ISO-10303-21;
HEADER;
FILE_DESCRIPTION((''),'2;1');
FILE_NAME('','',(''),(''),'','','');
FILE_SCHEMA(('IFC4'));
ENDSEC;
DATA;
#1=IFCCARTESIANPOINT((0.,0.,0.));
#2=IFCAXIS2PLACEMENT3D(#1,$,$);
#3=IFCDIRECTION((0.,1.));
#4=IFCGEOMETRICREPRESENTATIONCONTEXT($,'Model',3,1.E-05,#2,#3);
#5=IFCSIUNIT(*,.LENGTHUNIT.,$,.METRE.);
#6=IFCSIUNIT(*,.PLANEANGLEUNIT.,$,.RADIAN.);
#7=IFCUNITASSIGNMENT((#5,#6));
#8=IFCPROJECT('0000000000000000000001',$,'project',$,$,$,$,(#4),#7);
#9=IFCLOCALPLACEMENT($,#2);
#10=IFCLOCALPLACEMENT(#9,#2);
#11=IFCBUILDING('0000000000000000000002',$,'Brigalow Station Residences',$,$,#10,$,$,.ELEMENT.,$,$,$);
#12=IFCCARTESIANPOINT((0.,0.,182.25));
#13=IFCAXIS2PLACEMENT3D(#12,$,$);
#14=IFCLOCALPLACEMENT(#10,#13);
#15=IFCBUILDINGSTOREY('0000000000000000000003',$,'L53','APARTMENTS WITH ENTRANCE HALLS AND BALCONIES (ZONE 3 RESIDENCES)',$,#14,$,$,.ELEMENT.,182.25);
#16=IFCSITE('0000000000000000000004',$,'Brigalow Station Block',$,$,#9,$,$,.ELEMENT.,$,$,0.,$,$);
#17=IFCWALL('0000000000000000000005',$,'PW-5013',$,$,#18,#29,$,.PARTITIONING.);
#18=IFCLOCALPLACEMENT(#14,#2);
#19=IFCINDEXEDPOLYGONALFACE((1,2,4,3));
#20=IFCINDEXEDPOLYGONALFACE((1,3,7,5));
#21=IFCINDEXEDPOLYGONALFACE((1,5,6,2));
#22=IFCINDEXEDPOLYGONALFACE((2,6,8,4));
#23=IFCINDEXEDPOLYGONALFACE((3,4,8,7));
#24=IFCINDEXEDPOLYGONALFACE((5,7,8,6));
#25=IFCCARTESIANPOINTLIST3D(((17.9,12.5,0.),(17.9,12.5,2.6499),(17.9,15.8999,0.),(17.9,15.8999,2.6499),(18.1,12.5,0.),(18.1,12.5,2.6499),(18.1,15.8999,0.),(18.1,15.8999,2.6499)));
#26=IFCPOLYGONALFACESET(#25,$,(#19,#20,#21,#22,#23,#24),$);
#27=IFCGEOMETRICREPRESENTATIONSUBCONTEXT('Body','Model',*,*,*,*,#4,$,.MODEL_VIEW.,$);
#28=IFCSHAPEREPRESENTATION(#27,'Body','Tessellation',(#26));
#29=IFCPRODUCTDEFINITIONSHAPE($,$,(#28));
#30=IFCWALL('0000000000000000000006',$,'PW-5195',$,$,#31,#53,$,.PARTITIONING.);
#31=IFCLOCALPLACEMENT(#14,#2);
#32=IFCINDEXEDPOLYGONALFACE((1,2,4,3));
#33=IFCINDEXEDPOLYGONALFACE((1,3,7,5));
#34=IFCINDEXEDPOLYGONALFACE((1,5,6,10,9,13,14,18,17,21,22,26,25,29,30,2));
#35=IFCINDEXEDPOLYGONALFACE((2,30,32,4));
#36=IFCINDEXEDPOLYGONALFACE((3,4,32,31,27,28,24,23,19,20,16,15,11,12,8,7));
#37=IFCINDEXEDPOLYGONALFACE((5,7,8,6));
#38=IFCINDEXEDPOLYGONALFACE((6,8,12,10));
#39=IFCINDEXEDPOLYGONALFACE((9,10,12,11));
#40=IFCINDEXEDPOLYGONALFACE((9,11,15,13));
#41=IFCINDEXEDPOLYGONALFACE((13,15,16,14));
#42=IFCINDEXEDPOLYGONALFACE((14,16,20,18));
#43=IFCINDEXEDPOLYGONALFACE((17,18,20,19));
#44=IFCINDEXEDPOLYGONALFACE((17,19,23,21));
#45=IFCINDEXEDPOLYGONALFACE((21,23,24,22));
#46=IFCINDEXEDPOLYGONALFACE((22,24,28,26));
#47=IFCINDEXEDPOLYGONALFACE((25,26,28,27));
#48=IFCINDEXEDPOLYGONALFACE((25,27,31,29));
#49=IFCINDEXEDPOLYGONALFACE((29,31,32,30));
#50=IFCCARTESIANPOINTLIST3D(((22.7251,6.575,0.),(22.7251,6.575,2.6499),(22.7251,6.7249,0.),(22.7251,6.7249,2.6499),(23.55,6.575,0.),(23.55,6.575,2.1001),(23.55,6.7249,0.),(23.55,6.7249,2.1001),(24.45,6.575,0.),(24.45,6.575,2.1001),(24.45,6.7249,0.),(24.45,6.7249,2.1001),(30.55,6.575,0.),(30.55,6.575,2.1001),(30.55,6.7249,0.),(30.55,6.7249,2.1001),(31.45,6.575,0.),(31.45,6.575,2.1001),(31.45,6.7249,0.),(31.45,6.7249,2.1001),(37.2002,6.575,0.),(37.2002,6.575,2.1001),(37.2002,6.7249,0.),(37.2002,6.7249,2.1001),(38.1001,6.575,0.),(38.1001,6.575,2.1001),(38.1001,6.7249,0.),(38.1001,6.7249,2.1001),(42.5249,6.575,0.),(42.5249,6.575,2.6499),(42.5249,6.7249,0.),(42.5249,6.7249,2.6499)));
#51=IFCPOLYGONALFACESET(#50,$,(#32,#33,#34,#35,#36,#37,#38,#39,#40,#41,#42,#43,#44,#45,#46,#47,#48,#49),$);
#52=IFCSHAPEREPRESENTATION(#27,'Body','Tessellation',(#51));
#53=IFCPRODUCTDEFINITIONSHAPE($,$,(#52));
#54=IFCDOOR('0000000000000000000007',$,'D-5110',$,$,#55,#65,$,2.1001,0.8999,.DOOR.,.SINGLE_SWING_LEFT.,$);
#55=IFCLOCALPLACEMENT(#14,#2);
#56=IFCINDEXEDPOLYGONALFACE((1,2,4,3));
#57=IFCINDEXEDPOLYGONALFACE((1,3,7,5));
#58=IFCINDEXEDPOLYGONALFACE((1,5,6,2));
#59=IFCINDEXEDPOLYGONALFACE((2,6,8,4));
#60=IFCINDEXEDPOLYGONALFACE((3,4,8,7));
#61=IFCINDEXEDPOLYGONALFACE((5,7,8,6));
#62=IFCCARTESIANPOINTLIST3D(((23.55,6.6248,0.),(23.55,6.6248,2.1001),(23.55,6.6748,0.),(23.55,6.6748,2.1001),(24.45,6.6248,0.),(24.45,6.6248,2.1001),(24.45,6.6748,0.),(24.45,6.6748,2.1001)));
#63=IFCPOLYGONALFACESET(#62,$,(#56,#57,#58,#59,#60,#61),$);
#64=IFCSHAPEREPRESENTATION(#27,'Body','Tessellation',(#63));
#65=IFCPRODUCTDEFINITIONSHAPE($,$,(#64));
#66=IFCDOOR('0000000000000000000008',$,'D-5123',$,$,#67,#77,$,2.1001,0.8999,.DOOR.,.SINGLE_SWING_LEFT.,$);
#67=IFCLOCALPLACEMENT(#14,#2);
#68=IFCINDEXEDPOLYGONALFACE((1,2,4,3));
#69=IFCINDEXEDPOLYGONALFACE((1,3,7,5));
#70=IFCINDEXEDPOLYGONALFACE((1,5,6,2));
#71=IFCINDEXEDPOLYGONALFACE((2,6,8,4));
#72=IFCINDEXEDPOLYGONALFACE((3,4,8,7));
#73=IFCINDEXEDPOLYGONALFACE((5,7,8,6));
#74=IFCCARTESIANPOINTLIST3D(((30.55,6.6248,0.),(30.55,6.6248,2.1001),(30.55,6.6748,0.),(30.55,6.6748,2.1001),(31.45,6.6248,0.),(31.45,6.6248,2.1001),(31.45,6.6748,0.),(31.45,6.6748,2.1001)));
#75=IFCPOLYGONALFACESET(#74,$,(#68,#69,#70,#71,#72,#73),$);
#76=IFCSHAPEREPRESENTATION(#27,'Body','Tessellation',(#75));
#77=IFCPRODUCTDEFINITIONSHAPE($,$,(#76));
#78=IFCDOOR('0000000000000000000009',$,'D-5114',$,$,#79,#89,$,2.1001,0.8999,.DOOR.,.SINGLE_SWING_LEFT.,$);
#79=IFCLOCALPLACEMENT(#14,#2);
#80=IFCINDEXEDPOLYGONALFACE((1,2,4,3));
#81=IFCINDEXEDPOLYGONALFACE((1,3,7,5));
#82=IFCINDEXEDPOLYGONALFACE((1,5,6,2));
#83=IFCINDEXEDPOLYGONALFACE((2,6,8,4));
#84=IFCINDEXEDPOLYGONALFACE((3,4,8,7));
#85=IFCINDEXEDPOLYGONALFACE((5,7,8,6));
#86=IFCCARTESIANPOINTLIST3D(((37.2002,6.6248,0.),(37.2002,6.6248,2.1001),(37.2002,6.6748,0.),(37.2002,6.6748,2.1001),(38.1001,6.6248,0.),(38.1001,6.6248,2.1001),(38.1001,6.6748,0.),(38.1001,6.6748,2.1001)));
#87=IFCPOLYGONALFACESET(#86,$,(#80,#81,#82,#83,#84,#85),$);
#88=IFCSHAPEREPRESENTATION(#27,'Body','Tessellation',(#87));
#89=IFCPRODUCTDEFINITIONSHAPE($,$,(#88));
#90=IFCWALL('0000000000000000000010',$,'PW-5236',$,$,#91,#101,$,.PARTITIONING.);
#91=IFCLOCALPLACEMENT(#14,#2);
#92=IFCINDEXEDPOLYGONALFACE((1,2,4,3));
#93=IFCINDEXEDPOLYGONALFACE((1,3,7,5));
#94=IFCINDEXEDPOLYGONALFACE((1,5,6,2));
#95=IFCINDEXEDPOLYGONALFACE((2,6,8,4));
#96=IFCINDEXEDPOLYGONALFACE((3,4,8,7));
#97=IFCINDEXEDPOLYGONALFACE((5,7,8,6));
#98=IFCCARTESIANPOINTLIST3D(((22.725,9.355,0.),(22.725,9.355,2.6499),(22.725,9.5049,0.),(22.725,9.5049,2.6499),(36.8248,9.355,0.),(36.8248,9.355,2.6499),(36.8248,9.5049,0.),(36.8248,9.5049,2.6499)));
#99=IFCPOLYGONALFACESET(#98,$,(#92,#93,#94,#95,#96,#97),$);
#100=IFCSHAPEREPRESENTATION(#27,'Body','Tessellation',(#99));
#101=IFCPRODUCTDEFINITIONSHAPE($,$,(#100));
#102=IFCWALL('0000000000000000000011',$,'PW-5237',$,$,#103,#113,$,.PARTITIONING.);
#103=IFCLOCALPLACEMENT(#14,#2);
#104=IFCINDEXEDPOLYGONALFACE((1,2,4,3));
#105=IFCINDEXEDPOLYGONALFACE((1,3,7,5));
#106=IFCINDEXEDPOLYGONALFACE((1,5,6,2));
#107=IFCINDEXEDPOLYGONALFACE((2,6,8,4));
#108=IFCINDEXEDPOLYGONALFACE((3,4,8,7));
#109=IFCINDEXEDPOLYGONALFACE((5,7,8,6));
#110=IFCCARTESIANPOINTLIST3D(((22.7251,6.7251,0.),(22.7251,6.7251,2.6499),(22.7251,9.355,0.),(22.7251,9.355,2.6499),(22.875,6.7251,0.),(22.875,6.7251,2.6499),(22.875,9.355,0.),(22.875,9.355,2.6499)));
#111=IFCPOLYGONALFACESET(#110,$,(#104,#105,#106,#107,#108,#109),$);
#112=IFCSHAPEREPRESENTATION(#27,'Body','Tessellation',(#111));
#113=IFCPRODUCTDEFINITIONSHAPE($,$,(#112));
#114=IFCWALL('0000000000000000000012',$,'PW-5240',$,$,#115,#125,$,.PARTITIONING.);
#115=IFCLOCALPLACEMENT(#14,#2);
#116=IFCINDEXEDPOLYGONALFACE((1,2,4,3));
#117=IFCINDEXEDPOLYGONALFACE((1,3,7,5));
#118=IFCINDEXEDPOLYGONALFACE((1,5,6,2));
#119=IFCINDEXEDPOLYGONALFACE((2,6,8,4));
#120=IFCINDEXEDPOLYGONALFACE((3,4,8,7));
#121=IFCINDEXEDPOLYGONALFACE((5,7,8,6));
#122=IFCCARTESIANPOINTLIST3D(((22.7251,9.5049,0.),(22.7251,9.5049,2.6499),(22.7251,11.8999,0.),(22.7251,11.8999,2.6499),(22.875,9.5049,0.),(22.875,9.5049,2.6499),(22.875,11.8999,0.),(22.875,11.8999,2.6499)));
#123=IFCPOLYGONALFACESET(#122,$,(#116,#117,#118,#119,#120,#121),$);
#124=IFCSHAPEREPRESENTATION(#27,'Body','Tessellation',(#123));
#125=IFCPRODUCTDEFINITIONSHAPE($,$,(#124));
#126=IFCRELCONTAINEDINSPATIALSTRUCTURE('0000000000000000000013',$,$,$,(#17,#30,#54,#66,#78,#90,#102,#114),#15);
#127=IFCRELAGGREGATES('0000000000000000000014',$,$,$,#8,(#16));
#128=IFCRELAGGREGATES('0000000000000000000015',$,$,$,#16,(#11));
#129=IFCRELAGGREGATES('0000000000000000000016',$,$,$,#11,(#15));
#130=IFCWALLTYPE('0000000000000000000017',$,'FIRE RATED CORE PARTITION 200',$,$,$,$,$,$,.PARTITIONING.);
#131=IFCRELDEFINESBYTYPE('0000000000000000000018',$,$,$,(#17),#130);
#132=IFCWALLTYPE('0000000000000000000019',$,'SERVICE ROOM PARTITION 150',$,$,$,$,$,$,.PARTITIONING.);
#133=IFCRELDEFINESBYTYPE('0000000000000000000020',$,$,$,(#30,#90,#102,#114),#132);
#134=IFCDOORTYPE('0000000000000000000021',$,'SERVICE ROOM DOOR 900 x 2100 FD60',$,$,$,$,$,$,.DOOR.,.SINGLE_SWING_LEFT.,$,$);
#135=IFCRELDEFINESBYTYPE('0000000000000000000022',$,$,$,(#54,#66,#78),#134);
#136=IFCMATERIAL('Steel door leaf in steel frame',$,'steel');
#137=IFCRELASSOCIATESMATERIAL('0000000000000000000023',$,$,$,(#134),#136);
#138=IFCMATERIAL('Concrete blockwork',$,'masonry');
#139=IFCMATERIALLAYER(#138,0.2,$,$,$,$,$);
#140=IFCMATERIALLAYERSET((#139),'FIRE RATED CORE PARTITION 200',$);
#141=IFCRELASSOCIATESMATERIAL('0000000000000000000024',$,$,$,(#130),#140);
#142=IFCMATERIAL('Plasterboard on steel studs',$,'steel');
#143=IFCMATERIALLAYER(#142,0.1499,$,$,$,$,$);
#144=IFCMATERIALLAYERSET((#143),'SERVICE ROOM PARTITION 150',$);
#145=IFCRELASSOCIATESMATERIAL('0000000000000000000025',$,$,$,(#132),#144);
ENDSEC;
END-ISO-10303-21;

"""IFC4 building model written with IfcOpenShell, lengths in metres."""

from ifc_helpers import new_model, si_unit, direction, frame, frame_2d, origin, place, context, subcontext, project, spatial, rectangle, extrude, material, layer, layer_set, type_object, element, fill, save


model = new_model("IFC4")

# Units and contexts
model_context = context("Model", 3, precision=1e-05, world=origin(), true_north=direction((0.0, 1.0)))
body_context = subcontext(model_context, "Body", "Model", "MODEL_VIEW")
ifc_project = project(units=[si_unit("LENGTHUNIT", "METRE"), si_unit("PLANEANGLEUNIT", "RADIAN")], contexts=[model_context])

# Site, building, storey
site_placement = place(None, origin())
site = spatial("IfcSite", under=ifc_project, at=site_placement, Name="Brigalow Station Block", CompositionType="ELEMENT", RefElevation=0.0)
building_placement = place(site_placement, origin())
building = spatial("IfcBuilding", under=site, at=building_placement, Name="Brigalow Station Residences", CompositionType="ELEMENT")
storey_placement = place(building_placement, frame((0.0, 0.0, 182.25)))
storey = spatial("IfcBuildingStorey", under=building, at=storey_placement, Name="L53", Description="APARTMENTS WITH ENTRANCE HALLS AND BALCONIES (ZONE 3 RESIDENCES)", CompositionType="ELEMENT", Elevation=182.25)

# Shared definitions
ifc_material_1 = material(Name="Steel door leaf in steel frame", Category="steel")
door_type_1 = type_object("IfcDoorType", Name="SERVICE ROOM DOOR 900 x 2100 FD60", OperationType="SINGLE_SWING_LEFT", PredefinedType="DOOR", material=ifc_material_1)

# Wall
ifc_material_2 = material(Name="Concrete blockwork", Category="masonry")
ifc_layer_1 = layer(ifc_material_2, 0.2)
ifc_layer_set_1 = layer_set([ifc_layer_1], Name="FIRE RATED CORE PARTITION 200")
wall_type_1 = type_object("IfcWallType", Name="FIRE RATED CORE PARTITION 200", PredefinedType="PARTITIONING", material=ifc_layer_set_1)
wall_1_placement = place(storey_placement, frame((18.0, 12.5, 0.0), z_axis=(0.0, 0.0, 1.0), x_axis=(0.0, 1.0, 0.0)))
element("IfcWall", 1, at=wall_1_placement, inside=storey, type_object=wall_type_1, Name="PW-5013", PredefinedType="PARTITIONING", context=body_context, shape_type="SweptSolid", body=[
    extrude(rectangle(XDim=3.3999, YDim=0.2, at=frame_2d((1.7, 0.0))), origin(), (0.0, 0.0, 1.0), 2.6499),
])

# Wall, openings, doors
ifc_material_3 = material(Name="Plasterboard on steel studs", Category="steel")
ifc_layer_2 = layer(ifc_material_3, 0.1499)
ifc_layer_set_2 = layer_set([ifc_layer_2], Name="SERVICE ROOM PARTITION 150")
wall_type_2 = type_object("IfcWallType", Name="SERVICE ROOM PARTITION 150", PredefinedType="PARTITIONING", material=ifc_layer_set_2)
wall_2_placement = place(storey_placement, frame((22.7251, 6.6499, 0.0), z_axis=(0.0, 0.0, 1.0), x_axis=(1.0, 0.0, 0.0)))
wall_2 = element("IfcWall", 2, at=wall_2_placement, inside=storey, type_object=wall_type_2, Name="PW-5195", PredefinedType="PARTITIONING", context=body_context, shape_type="SweptSolid", body=[
    extrude(rectangle(XDim=19.7998, YDim=0.1499, at=frame_2d((9.8999, 0.0))), origin(), (0.0, 0.0, 1.0), 2.6499),
])
opening_1_placement = place(wall_2_placement, frame((0.825, 0.0, 0.0)))
opening_1 = element("IfcOpeningElement", 3, at=opening_1_placement, cuts=wall_2, PredefinedType="OPENING", context=body_context, shape_type="SweptSolid", body=[
    extrude(rectangle(XDim=0.8999, YDim=2.1001, at=frame_2d((0.45, 1.05))), frame((0.0, 0.085, 0.0), z_axis=(0.0, -1.0, 0.0), x_axis=(1.0, 0.0, 0.0)), (0.0, 0.0, 1.0), 0.1699),
])
opening_2_placement = place(wall_2_placement, frame((7.825, 0.0, 0.0)))
opening_2 = element("IfcOpeningElement", 4, at=opening_2_placement, cuts=wall_2, PredefinedType="OPENING", context=body_context, shape_type="SweptSolid", body=[
    extrude(rectangle(XDim=0.8999, YDim=2.1001, at=frame_2d((0.45, 1.05))), frame((0.0, 0.085, 0.0), z_axis=(0.0, -1.0, 0.0), x_axis=(1.0, 0.0, 0.0)), (0.0, 0.0, 1.0), 0.1699),
])
opening_3_placement = place(wall_2_placement, frame((14.4751, 0.0, 0.0)))
opening_3 = element("IfcOpeningElement", 5, at=opening_3_placement, cuts=wall_2, PredefinedType="OPENING", context=body_context, shape_type="SweptSolid", body=[
    extrude(rectangle(XDim=0.8999, YDim=2.1001, at=frame_2d((0.45, 1.05))), frame((0.0, 0.085, 0.0), z_axis=(0.0, -1.0, 0.0), x_axis=(1.0, 0.0, 0.0)), (0.0, 0.0, 1.0), 0.1699),
])
door_1_placement = place(opening_1_placement, origin())
door_1 = element("IfcDoor", 6, at=door_1_placement, inside=storey, type_object=door_type_1, Name="D-5110", OperationType="SINGLE_SWING_LEFT", OverallHeight=2.1001, OverallWidth=0.8999, PredefinedType="DOOR", context=body_context, shape_type="SweptSolid", body=[
    extrude(rectangle(XDim=0.8999, YDim=2.1001, at=frame_2d((0.45, 1.05))), frame((0.0, 0.0249, 0.0), z_axis=(0.0, -1.0, 0.0), x_axis=(1.0, 0.0, 0.0)), (0.0, 0.0, 1.0), 0.05),
])
fill(opening_1, door_1)
door_2_placement = place(opening_2_placement, origin())
door_2 = element("IfcDoor", 7, at=door_2_placement, inside=storey, type_object=door_type_1, Name="D-5123", OperationType="SINGLE_SWING_LEFT", OverallHeight=2.1001, OverallWidth=0.8999, PredefinedType="DOOR", context=body_context, shape_type="SweptSolid", body=[
    extrude(rectangle(XDim=0.8999, YDim=2.1001, at=frame_2d((0.45, 1.05))), frame((0.0, 0.0249, 0.0), z_axis=(0.0, -1.0, 0.0), x_axis=(1.0, 0.0, 0.0)), (0.0, 0.0, 1.0), 0.05),
])
fill(opening_2, door_2)
door_3_placement = place(opening_3_placement, origin())
door_3 = element("IfcDoor", 8, at=door_3_placement, inside=storey, type_object=door_type_1, Name="D-5114", OperationType="SINGLE_SWING_LEFT", OverallHeight=2.1001, OverallWidth=0.8999, PredefinedType="DOOR", context=body_context, shape_type="SweptSolid", body=[
    extrude(rectangle(XDim=0.8999, YDim=2.1001, at=frame_2d((0.45, 1.05))), frame((0.0, 0.0249, 0.0), z_axis=(0.0, -1.0, 0.0), x_axis=(1.0, 0.0, 0.0)), (0.0, 0.0, 1.0), 0.05),
])
fill(opening_3, door_3)

# Walls
wall_3_placement = place(storey_placement, frame((22.7251, 9.4299, 0.0), z_axis=(0.0, 0.0, 1.0), x_axis=(1.0, 0.0, 0.0)))
element("IfcWall", 9, at=wall_3_placement, inside=storey, type_object=wall_type_2, Name="PW-5236", PredefinedType="PARTITIONING", context=body_context, shape_type="SweptSolid", body=[
    extrude(rectangle(XDim=14.0999, YDim=0.1499, at=frame_2d((7.0498, 0.0))), origin(), (0.0, 0.0, 1.0), 2.6499),
])
wall_4_placement = place(storey_placement, frame((22.8, 6.7251, 0.0), z_axis=(0.0, 0.0, 1.0), x_axis=(0.0, 1.0, 0.0)))
element("IfcWall", 10, at=wall_4_placement, inside=storey, type_object=wall_type_2, Name="PW-5237", PredefinedType="PARTITIONING", context=body_context, shape_type="SweptSolid", body=[
    extrude(rectangle(XDim=2.6299, YDim=0.1499, at=frame_2d((1.3149, 0.0))), origin(), (0.0, 0.0, 1.0), 2.6499),
])
wall_5_placement = place(storey_placement, frame((22.8, 9.5049, 0.0), z_axis=(0.0, 0.0, 1.0), x_axis=(0.0, 1.0, 0.0)))
element("IfcWall", 11, at=wall_5_placement, inside=storey, type_object=wall_type_2, Name="PW-5240", PredefinedType="PARTITIONING", context=body_context, shape_type="SweptSolid", body=[
    extrude(rectangle(XDim=2.395, YDim=0.1499, at=frame_2d((1.1975, 0.0))), origin(), (0.0, 0.0, 1.0), 2.6499),
])

save(model, "model.ifc")
